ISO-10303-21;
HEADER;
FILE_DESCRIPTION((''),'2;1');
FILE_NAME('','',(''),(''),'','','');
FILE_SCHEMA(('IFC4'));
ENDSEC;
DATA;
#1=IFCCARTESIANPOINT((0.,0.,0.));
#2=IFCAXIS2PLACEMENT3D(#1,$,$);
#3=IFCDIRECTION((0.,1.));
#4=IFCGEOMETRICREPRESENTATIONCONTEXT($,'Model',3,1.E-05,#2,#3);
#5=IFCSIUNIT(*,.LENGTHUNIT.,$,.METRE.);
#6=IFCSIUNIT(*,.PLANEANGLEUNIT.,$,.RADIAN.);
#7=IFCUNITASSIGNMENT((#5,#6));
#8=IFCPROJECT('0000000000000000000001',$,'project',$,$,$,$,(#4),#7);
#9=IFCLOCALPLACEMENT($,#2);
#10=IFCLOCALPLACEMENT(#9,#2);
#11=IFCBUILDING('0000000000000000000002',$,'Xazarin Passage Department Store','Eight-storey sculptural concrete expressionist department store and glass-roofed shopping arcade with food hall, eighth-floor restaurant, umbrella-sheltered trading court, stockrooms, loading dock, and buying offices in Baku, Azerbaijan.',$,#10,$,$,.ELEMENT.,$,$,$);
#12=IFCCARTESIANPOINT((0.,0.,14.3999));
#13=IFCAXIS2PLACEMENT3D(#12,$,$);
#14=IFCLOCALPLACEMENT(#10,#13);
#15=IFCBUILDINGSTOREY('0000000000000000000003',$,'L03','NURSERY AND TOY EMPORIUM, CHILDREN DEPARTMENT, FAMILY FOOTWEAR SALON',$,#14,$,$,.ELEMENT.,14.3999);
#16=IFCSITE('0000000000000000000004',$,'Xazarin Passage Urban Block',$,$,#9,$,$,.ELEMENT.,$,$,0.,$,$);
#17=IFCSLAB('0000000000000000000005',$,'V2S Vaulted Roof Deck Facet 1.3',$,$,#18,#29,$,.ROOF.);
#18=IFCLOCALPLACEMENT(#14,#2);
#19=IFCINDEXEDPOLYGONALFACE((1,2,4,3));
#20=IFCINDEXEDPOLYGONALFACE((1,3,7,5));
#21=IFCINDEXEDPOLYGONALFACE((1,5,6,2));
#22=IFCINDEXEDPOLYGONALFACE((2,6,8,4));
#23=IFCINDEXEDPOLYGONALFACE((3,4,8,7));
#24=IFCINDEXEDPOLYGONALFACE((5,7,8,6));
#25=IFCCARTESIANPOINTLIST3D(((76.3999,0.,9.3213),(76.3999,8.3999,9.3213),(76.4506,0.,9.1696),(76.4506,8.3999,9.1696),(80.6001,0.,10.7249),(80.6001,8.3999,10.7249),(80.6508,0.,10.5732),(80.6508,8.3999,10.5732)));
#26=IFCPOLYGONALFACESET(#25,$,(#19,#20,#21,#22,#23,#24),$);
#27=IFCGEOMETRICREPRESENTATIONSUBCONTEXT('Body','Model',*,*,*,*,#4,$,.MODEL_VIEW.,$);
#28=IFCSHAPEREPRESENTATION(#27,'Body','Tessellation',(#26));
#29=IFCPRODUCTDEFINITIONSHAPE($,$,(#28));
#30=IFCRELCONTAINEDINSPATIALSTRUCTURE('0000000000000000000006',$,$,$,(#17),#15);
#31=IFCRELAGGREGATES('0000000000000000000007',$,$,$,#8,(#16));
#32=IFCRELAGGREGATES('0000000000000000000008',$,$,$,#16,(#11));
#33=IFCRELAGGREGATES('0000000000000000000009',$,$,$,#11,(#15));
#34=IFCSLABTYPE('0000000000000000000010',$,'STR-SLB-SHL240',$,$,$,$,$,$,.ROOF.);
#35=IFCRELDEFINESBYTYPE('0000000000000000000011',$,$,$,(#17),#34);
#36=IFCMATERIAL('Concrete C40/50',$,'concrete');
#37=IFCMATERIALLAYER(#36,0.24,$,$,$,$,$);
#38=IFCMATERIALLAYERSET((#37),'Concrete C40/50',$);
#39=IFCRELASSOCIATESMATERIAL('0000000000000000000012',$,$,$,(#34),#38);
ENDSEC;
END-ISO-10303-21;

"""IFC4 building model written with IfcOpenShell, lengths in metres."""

from ifc_helpers import new_model, si_unit, direction, frame, origin, place, context, subcontext, project, spatial, polyline, outline, extrude, material, layer, layer_set, type_object, element, save


model = new_model("IFC4")

# Units and contexts
model_context = context("Model", 3, precision=1e-05, world=origin(), true_north=direction((0.0, 1.0)))
body_context = subcontext(model_context, "Body", "Model", "MODEL_VIEW")
ifc_project = project(units=[si_unit("LENGTHUNIT", "METRE"), si_unit("PLANEANGLEUNIT", "RADIAN")], contexts=[model_context])

# Site, building, storey
site_placement = place(None, origin())
site = spatial("IfcSite", under=ifc_project, at=site_placement, Name="Xazarin Passage Urban Block", CompositionType="ELEMENT", RefElevation=0.0)
building_placement = place(site_placement, origin())
building = spatial("IfcBuilding", under=site, at=building_placement, Name="Xazarin Passage Department Store", Description="Eight-storey sculptural concrete expressionist department store and glass-roofed shopping arcade with food hall, eighth-floor restaurant, umbrella-sheltered trading court, stockrooms, loading dock, and buying offices in Baku, Azerbaijan.", CompositionType="ELEMENT")
storey_placement = place(building_placement, frame((0.0, 0.0, 14.3999)))
storey = spatial("IfcBuildingStorey", under=building, at=storey_placement, Name="L03", Description="NURSERY AND TOY EMPORIUM, CHILDREN DEPARTMENT, FAMILY FOOTWEAR SALON", CompositionType="ELEMENT", Elevation=14.3999)

# Slab
ifc_material_1 = material(Name="Concrete C40/50", Category="concrete")
ifc_layer_1 = layer(ifc_material_1, 0.24)
ifc_layer_set_1 = layer_set([ifc_layer_1], Name="Concrete C40/50")
slab_type = type_object("IfcSlabType", Name="STR-SLB-SHL240", PredefinedType="ROOF", material=ifc_layer_set_1)
slab_1_placement = place(storey_placement, frame((76.3999, 0.0, 9.3213), z_axis=(-0.316939, 0.0, 0.948446), x_axis=(0.948446, 0.0, 0.316939)))
element("IfcSlab", 1, at=slab_1_placement, inside=storey, type_object=slab_type, Name="V2S Vaulted Roof Deck Facet 1.3", PredefinedType="ROOF", context=body_context, shape_type="SweptSolid", body=[
    extrude(outline(polyline([(0.0, 0.0), (4.4285, 0.0), (4.4285, 8.3999), (0.0, 8.3999), (0.0, 0.0)])), origin(), (0.0, 0.0, -1.0), 0.1599),
])

save(model, "model.ifc")
